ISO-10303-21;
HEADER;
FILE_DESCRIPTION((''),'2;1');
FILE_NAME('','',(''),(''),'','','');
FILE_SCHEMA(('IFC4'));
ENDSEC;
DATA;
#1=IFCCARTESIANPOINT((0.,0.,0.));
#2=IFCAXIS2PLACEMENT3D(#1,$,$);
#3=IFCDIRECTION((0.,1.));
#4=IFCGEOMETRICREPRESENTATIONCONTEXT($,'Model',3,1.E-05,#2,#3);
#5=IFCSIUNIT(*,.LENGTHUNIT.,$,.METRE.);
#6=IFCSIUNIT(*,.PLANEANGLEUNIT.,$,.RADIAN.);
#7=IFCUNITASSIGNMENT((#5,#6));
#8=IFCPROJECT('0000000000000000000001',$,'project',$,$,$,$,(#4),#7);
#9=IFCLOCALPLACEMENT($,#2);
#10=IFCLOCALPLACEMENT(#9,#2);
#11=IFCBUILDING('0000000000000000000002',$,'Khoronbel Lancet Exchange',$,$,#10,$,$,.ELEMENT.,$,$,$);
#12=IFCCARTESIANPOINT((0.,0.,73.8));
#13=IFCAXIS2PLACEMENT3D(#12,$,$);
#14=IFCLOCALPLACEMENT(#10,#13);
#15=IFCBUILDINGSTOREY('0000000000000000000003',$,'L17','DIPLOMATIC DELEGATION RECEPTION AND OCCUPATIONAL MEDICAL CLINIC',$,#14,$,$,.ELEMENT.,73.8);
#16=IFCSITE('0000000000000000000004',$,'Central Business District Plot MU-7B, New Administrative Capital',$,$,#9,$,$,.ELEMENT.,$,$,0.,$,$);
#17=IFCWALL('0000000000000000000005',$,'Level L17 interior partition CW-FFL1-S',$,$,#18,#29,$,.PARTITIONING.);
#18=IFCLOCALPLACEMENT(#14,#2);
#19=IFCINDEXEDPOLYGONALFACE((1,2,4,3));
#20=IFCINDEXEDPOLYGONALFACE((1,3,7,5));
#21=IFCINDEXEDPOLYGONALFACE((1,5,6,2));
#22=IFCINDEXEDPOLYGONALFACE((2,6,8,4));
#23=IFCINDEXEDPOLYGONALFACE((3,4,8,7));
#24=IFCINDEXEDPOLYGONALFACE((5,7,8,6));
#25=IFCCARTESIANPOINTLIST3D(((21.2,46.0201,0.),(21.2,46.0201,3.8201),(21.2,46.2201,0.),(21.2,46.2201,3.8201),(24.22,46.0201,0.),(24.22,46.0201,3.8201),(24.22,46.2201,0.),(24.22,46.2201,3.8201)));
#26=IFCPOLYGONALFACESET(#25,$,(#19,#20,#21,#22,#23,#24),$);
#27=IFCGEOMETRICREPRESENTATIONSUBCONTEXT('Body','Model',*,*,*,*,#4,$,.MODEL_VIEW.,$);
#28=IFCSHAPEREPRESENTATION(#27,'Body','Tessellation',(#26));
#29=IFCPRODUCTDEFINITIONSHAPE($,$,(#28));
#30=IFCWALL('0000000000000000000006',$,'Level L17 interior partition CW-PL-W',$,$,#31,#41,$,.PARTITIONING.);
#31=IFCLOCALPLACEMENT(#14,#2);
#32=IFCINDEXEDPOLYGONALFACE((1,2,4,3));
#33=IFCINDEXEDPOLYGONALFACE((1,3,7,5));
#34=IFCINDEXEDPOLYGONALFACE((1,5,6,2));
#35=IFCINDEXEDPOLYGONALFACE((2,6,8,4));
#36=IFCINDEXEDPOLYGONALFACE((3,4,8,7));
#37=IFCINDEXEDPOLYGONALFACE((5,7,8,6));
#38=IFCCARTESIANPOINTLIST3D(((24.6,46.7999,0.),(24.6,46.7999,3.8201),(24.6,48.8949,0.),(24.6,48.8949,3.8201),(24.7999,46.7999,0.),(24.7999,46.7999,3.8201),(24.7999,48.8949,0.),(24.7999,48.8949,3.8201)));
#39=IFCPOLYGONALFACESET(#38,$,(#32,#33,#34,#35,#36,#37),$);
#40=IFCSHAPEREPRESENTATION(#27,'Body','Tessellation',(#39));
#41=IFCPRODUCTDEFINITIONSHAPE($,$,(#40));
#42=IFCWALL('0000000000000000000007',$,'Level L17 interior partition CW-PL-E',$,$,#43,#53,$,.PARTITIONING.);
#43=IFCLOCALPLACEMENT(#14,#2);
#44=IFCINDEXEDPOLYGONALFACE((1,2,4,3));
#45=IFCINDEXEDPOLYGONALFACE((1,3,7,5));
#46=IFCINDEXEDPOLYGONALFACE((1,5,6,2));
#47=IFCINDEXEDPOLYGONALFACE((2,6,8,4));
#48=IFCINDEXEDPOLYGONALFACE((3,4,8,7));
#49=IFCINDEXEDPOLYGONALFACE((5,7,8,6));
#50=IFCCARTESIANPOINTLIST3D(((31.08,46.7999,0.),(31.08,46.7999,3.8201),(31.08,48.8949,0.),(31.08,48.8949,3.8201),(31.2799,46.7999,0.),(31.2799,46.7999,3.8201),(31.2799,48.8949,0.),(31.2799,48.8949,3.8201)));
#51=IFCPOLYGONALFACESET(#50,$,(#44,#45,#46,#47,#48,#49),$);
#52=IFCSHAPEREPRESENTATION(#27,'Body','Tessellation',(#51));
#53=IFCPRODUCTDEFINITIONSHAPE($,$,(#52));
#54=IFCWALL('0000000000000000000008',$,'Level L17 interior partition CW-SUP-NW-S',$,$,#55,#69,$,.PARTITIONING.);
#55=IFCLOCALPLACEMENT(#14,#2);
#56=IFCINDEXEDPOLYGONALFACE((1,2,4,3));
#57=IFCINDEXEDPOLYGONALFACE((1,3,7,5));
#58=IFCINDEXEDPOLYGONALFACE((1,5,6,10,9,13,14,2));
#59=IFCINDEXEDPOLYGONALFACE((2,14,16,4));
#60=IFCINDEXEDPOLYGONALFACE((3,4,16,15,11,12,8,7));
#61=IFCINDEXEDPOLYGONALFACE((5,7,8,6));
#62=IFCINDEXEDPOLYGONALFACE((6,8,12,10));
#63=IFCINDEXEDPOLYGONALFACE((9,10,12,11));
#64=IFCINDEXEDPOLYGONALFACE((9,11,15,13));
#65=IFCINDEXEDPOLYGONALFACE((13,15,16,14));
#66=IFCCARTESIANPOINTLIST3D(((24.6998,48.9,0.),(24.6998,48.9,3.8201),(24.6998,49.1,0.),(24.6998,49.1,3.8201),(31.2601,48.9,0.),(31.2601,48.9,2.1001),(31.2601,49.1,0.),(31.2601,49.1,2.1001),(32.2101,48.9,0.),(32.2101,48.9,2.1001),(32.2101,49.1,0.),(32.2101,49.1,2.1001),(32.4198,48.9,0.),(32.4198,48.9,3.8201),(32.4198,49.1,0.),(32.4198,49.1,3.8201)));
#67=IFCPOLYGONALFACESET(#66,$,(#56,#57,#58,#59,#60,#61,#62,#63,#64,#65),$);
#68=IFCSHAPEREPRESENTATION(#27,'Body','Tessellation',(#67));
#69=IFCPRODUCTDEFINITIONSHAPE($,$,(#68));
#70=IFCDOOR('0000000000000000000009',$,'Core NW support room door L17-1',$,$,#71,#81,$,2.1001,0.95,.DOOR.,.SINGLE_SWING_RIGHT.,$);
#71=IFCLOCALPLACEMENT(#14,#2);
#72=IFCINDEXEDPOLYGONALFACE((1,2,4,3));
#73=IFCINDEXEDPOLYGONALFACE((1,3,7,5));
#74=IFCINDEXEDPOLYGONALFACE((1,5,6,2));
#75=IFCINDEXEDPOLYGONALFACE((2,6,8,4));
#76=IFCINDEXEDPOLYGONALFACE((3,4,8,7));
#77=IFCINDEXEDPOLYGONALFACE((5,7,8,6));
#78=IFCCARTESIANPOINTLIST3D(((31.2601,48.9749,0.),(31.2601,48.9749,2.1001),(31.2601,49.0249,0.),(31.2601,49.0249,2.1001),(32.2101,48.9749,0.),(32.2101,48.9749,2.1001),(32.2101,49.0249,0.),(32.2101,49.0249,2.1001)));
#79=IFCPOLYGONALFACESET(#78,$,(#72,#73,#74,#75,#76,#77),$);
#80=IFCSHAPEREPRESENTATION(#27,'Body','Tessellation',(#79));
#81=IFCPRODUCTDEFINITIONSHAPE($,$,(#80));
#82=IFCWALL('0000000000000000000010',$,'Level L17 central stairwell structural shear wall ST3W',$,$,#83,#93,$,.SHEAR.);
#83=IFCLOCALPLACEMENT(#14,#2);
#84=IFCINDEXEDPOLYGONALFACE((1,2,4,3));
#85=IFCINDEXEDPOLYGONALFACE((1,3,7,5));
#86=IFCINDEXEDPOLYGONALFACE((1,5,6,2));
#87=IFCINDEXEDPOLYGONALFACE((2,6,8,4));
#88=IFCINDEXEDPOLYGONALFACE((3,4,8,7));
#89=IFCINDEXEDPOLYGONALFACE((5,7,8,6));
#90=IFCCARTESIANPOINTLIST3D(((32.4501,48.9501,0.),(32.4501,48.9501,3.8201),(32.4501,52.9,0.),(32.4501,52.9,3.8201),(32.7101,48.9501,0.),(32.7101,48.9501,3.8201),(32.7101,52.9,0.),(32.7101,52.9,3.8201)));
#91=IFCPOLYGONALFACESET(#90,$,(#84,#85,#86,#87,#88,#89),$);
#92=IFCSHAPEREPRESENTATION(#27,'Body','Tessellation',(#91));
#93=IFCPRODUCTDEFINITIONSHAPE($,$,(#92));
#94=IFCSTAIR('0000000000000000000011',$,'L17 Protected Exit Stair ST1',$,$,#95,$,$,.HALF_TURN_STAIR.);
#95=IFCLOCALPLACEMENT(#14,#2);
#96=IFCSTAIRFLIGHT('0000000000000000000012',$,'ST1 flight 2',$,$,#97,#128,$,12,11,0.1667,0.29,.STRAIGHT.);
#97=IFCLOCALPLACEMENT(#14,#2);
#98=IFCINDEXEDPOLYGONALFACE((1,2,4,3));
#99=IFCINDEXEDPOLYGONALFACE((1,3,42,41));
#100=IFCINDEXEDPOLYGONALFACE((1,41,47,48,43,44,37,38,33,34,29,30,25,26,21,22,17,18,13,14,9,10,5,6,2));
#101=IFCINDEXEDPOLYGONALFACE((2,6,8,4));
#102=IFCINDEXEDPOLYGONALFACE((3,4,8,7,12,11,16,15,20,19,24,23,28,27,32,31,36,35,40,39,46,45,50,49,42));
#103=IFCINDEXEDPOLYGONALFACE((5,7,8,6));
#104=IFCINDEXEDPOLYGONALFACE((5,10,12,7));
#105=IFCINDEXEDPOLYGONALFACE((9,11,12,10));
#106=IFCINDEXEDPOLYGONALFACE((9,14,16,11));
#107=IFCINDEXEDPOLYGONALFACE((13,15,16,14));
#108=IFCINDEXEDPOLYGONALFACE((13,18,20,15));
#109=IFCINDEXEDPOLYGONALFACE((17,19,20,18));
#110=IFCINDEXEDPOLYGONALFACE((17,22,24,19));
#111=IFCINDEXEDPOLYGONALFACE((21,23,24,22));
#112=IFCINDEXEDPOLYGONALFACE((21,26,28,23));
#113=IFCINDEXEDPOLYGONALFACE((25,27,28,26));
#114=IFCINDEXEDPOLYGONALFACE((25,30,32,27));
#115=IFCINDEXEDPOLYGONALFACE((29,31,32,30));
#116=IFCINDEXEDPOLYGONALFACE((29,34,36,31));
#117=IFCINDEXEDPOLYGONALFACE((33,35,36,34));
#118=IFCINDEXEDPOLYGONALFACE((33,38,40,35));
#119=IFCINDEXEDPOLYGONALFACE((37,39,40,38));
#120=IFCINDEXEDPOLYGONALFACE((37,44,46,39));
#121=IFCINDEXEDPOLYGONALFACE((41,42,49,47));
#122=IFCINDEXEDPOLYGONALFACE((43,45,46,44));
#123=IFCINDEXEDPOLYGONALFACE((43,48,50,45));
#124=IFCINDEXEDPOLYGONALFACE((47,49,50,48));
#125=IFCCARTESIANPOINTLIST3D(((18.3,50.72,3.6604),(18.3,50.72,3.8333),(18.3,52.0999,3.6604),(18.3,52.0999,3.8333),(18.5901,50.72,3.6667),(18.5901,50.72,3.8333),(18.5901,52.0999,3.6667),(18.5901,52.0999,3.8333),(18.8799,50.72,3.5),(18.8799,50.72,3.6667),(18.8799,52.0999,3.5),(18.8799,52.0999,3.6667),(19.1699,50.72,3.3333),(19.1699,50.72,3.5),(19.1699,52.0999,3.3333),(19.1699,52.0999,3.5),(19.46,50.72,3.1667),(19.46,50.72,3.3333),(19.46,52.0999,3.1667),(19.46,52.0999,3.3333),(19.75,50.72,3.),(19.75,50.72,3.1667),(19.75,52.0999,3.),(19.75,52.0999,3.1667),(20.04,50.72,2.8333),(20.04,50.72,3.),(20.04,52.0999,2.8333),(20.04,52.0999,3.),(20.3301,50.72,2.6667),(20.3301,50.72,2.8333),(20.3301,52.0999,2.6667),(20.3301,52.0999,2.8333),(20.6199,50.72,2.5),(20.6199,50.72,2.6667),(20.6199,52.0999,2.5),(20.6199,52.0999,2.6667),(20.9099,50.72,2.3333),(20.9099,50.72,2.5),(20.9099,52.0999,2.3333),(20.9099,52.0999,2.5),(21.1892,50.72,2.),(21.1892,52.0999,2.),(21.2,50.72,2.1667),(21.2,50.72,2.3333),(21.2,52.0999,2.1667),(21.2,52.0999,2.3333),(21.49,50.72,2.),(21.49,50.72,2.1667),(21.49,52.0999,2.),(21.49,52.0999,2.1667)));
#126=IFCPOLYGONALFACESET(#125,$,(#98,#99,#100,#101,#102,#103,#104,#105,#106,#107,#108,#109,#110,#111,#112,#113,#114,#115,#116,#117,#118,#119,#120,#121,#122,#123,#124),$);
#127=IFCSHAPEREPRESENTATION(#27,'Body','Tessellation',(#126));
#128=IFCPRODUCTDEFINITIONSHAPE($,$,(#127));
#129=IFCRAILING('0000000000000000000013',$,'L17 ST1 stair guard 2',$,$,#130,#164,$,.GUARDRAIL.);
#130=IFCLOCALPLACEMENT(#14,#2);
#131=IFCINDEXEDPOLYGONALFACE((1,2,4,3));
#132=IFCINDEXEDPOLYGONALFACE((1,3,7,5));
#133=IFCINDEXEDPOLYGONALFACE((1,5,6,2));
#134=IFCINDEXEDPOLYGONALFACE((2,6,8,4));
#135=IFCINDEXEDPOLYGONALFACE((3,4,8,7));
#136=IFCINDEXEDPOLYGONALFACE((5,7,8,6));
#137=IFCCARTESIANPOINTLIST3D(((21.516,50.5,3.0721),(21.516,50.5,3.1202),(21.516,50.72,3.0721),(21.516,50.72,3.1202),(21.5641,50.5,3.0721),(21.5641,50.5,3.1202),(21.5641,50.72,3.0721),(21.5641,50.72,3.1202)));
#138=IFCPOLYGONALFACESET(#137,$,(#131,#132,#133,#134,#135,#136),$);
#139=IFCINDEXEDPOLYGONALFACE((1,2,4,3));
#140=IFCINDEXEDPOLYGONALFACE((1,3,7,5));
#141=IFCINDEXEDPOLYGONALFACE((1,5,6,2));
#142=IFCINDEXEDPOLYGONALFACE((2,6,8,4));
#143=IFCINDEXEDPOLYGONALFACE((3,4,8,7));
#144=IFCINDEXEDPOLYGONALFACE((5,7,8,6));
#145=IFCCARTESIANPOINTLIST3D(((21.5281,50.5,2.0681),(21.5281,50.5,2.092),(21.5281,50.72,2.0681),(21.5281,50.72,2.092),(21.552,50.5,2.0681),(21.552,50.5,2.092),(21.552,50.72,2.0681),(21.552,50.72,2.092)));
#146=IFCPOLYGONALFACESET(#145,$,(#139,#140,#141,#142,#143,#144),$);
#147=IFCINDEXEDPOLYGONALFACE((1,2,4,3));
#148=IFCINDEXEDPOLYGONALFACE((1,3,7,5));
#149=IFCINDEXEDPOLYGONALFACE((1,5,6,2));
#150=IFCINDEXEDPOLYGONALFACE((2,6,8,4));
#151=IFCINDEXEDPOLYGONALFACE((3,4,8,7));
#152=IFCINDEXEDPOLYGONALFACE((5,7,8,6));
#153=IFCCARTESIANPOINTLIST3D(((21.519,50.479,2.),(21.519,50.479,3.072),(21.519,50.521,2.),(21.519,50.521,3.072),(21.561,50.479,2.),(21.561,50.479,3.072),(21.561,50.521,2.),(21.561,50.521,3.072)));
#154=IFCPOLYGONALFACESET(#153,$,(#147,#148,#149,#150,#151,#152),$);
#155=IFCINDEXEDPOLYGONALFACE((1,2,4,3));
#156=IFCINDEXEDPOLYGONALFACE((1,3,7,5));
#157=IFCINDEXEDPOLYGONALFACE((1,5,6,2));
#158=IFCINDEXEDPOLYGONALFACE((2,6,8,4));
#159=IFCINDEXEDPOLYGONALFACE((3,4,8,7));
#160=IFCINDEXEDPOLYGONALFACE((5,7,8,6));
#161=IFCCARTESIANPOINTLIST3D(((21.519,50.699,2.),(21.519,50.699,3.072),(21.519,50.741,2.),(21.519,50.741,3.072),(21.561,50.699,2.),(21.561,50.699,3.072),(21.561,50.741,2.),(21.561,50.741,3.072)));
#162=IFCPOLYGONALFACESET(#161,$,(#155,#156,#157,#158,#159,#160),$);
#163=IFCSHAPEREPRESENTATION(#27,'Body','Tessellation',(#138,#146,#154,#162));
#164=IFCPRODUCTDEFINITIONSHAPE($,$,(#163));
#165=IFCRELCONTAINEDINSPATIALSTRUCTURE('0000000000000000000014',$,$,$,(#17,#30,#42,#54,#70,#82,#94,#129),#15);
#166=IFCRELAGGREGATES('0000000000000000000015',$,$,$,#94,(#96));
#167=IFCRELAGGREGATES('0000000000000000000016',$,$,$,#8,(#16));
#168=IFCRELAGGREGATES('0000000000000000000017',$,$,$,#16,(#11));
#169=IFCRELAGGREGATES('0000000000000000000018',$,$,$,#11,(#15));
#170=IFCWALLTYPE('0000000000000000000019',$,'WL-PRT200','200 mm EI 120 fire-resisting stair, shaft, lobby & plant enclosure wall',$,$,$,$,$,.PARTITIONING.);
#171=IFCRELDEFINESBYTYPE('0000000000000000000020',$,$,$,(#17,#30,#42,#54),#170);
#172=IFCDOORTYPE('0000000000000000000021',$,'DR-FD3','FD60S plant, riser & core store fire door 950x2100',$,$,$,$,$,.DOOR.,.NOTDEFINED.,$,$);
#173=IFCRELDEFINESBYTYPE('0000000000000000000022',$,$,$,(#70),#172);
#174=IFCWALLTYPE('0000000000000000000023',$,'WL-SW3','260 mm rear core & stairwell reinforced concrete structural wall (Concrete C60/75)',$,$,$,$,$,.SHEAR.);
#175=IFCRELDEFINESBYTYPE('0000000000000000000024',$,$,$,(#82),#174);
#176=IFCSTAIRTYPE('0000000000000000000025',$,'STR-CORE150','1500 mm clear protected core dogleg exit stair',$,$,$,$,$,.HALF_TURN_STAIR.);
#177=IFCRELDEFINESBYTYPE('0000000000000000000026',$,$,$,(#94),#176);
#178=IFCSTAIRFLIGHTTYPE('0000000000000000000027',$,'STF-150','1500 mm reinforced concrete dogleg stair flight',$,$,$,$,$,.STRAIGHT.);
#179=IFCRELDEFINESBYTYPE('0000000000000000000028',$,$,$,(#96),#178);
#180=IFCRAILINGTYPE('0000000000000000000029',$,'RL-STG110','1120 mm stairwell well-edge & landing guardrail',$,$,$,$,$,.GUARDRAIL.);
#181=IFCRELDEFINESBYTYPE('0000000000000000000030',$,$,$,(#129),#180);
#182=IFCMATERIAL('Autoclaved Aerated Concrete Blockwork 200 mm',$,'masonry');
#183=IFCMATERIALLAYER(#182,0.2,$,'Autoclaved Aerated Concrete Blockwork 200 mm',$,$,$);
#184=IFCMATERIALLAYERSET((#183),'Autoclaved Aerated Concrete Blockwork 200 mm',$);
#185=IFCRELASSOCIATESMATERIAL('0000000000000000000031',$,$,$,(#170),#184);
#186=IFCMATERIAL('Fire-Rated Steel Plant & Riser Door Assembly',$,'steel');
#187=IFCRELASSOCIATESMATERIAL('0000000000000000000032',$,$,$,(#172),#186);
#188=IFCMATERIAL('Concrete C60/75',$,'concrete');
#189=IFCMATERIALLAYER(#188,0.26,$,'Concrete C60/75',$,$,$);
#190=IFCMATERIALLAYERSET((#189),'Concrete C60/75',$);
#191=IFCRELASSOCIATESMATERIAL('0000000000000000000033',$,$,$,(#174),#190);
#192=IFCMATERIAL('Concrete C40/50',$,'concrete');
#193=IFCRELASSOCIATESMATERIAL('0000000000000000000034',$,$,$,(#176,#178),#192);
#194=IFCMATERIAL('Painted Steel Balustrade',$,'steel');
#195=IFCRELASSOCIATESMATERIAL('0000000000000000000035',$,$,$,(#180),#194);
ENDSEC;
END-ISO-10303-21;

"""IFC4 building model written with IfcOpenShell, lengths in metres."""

from ifc_helpers import new_model, si_unit, direction, frame, frame_2d, origin, origin_2d, place, context, subcontext, project, spatial, polyline, rectangle, outline, extrude, material, layer, layer_set, type_object, element, fill, aggregate, save


model = new_model("IFC4")

# Units and contexts
model_context = context("Model", 3, precision=1e-05, world=origin(), true_north=direction((0.0, 1.0)))
body_context = subcontext(model_context, "Body", "Model", "MODEL_VIEW")
ifc_project = project(units=[si_unit("LENGTHUNIT", "METRE"), si_unit("PLANEANGLEUNIT", "RADIAN")], contexts=[model_context])

# Site, building, storey
site_placement = place(None, origin())
site = spatial("IfcSite", under=ifc_project, at=site_placement, Name="Central Business District Plot MU-7B, New Administrative Capital", CompositionType="ELEMENT", RefElevation=0.0)
building_placement = place(site_placement, origin())
building = spatial("IfcBuilding", under=site, at=building_placement, Name="Khoronbel Lancet Exchange", CompositionType="ELEMENT")
storey_placement = place(building_placement, frame((0.0, 0.0, 73.8)))
storey = spatial("IfcBuildingStorey", under=building, at=storey_placement, Name="L17", Description="DIPLOMATIC DELEGATION RECEPTION AND OCCUPATIONAL MEDICAL CLINIC", CompositionType="ELEMENT", Elevation=73.8)

# Shared definitions
ifc_material_1 = material(Name="Autoclaved Aerated Concrete Blockwork 200 mm", Category="masonry")
ifc_layer_1 = layer(ifc_material_1, 0.2, Name="Autoclaved Aerated Concrete Blockwork 200 mm")
ifc_layer_set_1 = layer_set([ifc_layer_1], Name="Autoclaved Aerated Concrete Blockwork 200 mm")
wall_type_1 = type_object("IfcWallType", Name="WL-PRT200", Description="200 mm EI 120 fire-resisting stair, shaft, lobby & plant enclosure wall", PredefinedType="PARTITIONING", material=ifc_layer_set_1)

# Walls
wall_1_placement = place(storey_placement, frame((21.2, 46.1201, 0.0), z_axis=(0.0, 0.0, 1.0), x_axis=(1.0, 0.0, 0.0)))
element("IfcWall", 1, at=wall_1_placement, inside=storey, type_object=wall_type_1, Name="Level L17 interior partition CW-FFL1-S", PredefinedType="PARTITIONING", context=body_context, shape_type="SweptSolid", body=[
    extrude(rectangle(XDim=3.02, YDim=0.2, at=frame_2d((1.51, 0.0))), origin(), (0.0, 0.0, 1.0), 3.8201),
])
for number, where, z_axis, x_axis, name in (
    (2, (24.7, 46.8, 0.0), (0.0, 0.0, 1.0), (0.0, 1.0, 0.0), "Level L17 interior partition CW-PL-W"),
    (3, (31.1799, 46.8, 0.0), (0.0, 0.0, 1.0), (0.0, 1.0, 0.0), "Level L17 interior partition CW-PL-E"),
):
    element("IfcWall", number, at=place(storey_placement, frame(where, z_axis=z_axis, x_axis=x_axis)), inside=storey, type_object=wall_type_1, Name=name, PredefinedType="PARTITIONING", context=body_context, shape_type="SweptSolid", body=[
        extrude(rectangle(XDim=2.095, YDim=0.2, at=frame_2d((1.0474, 0.0))), origin(), (0.0, 0.0, 1.0), 3.8201),
    ])

# Wall, opening, door
wall_2_placement = place(storey_placement, frame((24.7, 49.0, 0.0), z_axis=(0.0, 0.0, 1.0), x_axis=(1.0, 0.0, 0.0)))
wall_2 = element("IfcWall", 4, at=wall_2_placement, inside=storey, type_object=wall_type_1, Name="Level L17 interior partition CW-SUP-NW-S", PredefinedType="PARTITIONING", context=body_context, shape_type="SweptSolid", body=[
    extrude(rectangle(XDim=7.72, YDim=0.2, at=frame_2d((3.8599, 0.0))), origin(), (0.0, 0.0, 1.0), 3.8201),
])
opening_1_placement = place(wall_2_placement, frame((6.5601, 0.0, 0.0)))
opening_1 = element("IfcOpeningElement", 5, at=opening_1_placement, cuts=wall_2, PredefinedType="OPENING", context=body_context, shape_type="SweptSolid", body=[
    extrude(rectangle(XDim=0.95, YDim=2.1001, at=frame_2d((0.4751, 1.05))), frame((0.0, 0.1099, 0.0), z_axis=(0.0, -1.0, 0.0), x_axis=(1.0, 0.0, 0.0)), (0.0, 0.0, 1.0), 0.22),
])
ifc_material_2 = material(Name="Fire-Rated Steel Plant & Riser Door Assembly", Category="steel")
door_type_1 = type_object("IfcDoorType", Name="DR-FD3", Description="FD60S plant, riser & core store fire door 950x2100", OperationType="NOTDEFINED", PredefinedType="DOOR", material=ifc_material_2)
door_1_placement = place(opening_1_placement, origin())
door_1 = element("IfcDoor", 6, at=door_1_placement, inside=storey, type_object=door_type_1, Name="Core NW support room door L17-1", OperationType="SINGLE_SWING_RIGHT", OverallHeight=2.1001, OverallWidth=0.95, PredefinedType="DOOR", context=body_context, shape_type="SweptSolid", body=[
    extrude(rectangle(XDim=0.95, YDim=2.1001, at=frame_2d((0.4751, 1.05))), frame((0.0, 0.0249, 0.0), z_axis=(0.0, -1.0, 0.0), x_axis=(1.0, 0.0, 0.0)), (0.0, 0.0, 1.0), 0.05),
])
fill(opening_1, door_1)

# Wall
ifc_material_3 = material(Name="Concrete C60/75", Category="concrete")
ifc_layer_2 = layer(ifc_material_3, 0.26, Name="Concrete C60/75")
ifc_layer_set_2 = layer_set([ifc_layer_2], Name="Concrete C60/75")
wall_type_2 = type_object("IfcWallType", Name="WL-SW3", Description="260 mm rear core & stairwell reinforced concrete structural wall (Concrete C60/75)", PredefinedType="SHEAR", material=ifc_layer_set_2)
wall_3_placement = place(storey_placement, frame((32.5801, 48.95, 0.0), z_axis=(0.0, 0.0, 1.0), x_axis=(0.0, 1.0, 0.0)))
element("IfcWall", 7, at=wall_3_placement, inside=storey, type_object=wall_type_2, Name="Level L17 central stairwell structural shear wall ST3W", PredefinedType="SHEAR", context=body_context, shape_type="SweptSolid", body=[
    extrude(rectangle(XDim=3.95, YDim=0.26, at=frame_2d((1.9751, 0.0))), origin(), (0.0, 0.0, 1.0), 3.8201),
])

# Stair, stair flight
ifc_material_4 = material(Name="Concrete C40/50", Category="concrete")
stair_type = type_object("IfcStairType", Name="STR-CORE150", Description="1500 mm clear protected core dogleg exit stair", PredefinedType="HALF_TURN_STAIR", material=ifc_material_4)
stair_placement = place(storey_placement, origin())
stair = element("IfcStair", 8, at=stair_placement, inside=storey, type_object=stair_type, Name="L17 Protected Exit Stair ST1", PredefinedType="HALF_TURN_STAIR")
stair_flight_type = type_object("IfcStairFlightType", Name="STF-150", Description="1500 mm reinforced concrete dogleg stair flight", PredefinedType="STRAIGHT", material=ifc_material_4)
stair_flight_placement = place(storey_placement, frame((21.49, 51.4099, 2.0), z_axis=(0.0, 0.0, 1.0), x_axis=(-1.0, 0.0, 0.0)))
stair_flight = element("IfcStairFlight", 9, at=stair_flight_placement, type_object=stair_flight_type, Name="ST1 flight 2", NumberOfRisers=12, NumberOfTreads=11, PredefinedType="STRAIGHT", RiserHeight=0.1667, TreadLength=0.29, context=body_context, shape_type="SweptSolid", body=[
    extrude(outline(polyline([(0.0, 0.0), (0.0, 0.1667), (0.29, 0.1667), (0.29, 0.3333), (0.5801, 0.3333), (0.5801, 0.5), (0.8701, 0.5), (0.8701, 0.6667), (1.1599, 0.6667), (1.1599, 0.8333), (1.45, 0.8333), (1.45, 1.0), (1.74, 1.0), (1.74, 1.1667), (2.03, 1.1667), (2.03, 1.3333), (2.3201, 1.3333), (2.3201, 1.5), (2.6101, 1.5), (2.6101, 1.6667), (2.8999, 1.6667), (2.8999, 1.8333), (3.1899, 1.8333), (3.1899, 2.0), (3.1899, 1.6604), (0.3008, 0.0), (0.0, 0.0)])), frame((0.0, 0.6899, 0.0), z_axis=(0.0, -1.0, 0.0), x_axis=(1.0, 0.0, 0.0)), (0.0, 0.0, 1.0), 1.3799),
])
aggregate(stair, [stair_flight])

# Railing
ifc_material_5 = material(Name="Painted Steel Balustrade", Category="steel")
railing_type_1 = type_object("IfcRailingType", Name="RL-STG110", Description="1120 mm stairwell well-edge & landing guardrail", PredefinedType="GUARDRAIL", material=ifc_material_5)
railing_1_placement = place(storey_placement, frame((21.54, 50.5, 2.0)))
element("IfcRailing", 10, at=railing_1_placement, inside=storey, type_object=railing_type_1, Name="L17 ST1 stair guard 2", PredefinedType="GUARDRAIL", context=body_context, shape_type="SweptSolid", body=[
    extrude(rectangle(XDim=0.0481, YDim=0.0481, at=origin_2d()), frame((0.0, 0.0, 1.0962), z_axis=(0.0, 1.0, 0.0), x_axis=(-1.0, 0.0, 0.0)), (0.0, 0.0, 1.0), 0.22),
    extrude(rectangle(XDim=0.0239, YDim=0.0239, at=origin_2d()), frame((0.0, 0.0, 0.0801), z_axis=(0.0, 1.0, 0.0), x_axis=(-1.0, 0.0, 0.0)), (0.0, 0.0, 1.0), 0.22),
    extrude(rectangle(XDim=0.042, YDim=0.042, at=origin_2d()), origin(), (0.0, 0.0, 1.0), 1.072),
    extrude(rectangle(XDim=0.042, YDim=0.042, at=origin_2d()), frame((0.0, 0.22, 0.0)), (0.0, 0.0, 1.0), 1.072),
])

save(model, "model.ifc")
